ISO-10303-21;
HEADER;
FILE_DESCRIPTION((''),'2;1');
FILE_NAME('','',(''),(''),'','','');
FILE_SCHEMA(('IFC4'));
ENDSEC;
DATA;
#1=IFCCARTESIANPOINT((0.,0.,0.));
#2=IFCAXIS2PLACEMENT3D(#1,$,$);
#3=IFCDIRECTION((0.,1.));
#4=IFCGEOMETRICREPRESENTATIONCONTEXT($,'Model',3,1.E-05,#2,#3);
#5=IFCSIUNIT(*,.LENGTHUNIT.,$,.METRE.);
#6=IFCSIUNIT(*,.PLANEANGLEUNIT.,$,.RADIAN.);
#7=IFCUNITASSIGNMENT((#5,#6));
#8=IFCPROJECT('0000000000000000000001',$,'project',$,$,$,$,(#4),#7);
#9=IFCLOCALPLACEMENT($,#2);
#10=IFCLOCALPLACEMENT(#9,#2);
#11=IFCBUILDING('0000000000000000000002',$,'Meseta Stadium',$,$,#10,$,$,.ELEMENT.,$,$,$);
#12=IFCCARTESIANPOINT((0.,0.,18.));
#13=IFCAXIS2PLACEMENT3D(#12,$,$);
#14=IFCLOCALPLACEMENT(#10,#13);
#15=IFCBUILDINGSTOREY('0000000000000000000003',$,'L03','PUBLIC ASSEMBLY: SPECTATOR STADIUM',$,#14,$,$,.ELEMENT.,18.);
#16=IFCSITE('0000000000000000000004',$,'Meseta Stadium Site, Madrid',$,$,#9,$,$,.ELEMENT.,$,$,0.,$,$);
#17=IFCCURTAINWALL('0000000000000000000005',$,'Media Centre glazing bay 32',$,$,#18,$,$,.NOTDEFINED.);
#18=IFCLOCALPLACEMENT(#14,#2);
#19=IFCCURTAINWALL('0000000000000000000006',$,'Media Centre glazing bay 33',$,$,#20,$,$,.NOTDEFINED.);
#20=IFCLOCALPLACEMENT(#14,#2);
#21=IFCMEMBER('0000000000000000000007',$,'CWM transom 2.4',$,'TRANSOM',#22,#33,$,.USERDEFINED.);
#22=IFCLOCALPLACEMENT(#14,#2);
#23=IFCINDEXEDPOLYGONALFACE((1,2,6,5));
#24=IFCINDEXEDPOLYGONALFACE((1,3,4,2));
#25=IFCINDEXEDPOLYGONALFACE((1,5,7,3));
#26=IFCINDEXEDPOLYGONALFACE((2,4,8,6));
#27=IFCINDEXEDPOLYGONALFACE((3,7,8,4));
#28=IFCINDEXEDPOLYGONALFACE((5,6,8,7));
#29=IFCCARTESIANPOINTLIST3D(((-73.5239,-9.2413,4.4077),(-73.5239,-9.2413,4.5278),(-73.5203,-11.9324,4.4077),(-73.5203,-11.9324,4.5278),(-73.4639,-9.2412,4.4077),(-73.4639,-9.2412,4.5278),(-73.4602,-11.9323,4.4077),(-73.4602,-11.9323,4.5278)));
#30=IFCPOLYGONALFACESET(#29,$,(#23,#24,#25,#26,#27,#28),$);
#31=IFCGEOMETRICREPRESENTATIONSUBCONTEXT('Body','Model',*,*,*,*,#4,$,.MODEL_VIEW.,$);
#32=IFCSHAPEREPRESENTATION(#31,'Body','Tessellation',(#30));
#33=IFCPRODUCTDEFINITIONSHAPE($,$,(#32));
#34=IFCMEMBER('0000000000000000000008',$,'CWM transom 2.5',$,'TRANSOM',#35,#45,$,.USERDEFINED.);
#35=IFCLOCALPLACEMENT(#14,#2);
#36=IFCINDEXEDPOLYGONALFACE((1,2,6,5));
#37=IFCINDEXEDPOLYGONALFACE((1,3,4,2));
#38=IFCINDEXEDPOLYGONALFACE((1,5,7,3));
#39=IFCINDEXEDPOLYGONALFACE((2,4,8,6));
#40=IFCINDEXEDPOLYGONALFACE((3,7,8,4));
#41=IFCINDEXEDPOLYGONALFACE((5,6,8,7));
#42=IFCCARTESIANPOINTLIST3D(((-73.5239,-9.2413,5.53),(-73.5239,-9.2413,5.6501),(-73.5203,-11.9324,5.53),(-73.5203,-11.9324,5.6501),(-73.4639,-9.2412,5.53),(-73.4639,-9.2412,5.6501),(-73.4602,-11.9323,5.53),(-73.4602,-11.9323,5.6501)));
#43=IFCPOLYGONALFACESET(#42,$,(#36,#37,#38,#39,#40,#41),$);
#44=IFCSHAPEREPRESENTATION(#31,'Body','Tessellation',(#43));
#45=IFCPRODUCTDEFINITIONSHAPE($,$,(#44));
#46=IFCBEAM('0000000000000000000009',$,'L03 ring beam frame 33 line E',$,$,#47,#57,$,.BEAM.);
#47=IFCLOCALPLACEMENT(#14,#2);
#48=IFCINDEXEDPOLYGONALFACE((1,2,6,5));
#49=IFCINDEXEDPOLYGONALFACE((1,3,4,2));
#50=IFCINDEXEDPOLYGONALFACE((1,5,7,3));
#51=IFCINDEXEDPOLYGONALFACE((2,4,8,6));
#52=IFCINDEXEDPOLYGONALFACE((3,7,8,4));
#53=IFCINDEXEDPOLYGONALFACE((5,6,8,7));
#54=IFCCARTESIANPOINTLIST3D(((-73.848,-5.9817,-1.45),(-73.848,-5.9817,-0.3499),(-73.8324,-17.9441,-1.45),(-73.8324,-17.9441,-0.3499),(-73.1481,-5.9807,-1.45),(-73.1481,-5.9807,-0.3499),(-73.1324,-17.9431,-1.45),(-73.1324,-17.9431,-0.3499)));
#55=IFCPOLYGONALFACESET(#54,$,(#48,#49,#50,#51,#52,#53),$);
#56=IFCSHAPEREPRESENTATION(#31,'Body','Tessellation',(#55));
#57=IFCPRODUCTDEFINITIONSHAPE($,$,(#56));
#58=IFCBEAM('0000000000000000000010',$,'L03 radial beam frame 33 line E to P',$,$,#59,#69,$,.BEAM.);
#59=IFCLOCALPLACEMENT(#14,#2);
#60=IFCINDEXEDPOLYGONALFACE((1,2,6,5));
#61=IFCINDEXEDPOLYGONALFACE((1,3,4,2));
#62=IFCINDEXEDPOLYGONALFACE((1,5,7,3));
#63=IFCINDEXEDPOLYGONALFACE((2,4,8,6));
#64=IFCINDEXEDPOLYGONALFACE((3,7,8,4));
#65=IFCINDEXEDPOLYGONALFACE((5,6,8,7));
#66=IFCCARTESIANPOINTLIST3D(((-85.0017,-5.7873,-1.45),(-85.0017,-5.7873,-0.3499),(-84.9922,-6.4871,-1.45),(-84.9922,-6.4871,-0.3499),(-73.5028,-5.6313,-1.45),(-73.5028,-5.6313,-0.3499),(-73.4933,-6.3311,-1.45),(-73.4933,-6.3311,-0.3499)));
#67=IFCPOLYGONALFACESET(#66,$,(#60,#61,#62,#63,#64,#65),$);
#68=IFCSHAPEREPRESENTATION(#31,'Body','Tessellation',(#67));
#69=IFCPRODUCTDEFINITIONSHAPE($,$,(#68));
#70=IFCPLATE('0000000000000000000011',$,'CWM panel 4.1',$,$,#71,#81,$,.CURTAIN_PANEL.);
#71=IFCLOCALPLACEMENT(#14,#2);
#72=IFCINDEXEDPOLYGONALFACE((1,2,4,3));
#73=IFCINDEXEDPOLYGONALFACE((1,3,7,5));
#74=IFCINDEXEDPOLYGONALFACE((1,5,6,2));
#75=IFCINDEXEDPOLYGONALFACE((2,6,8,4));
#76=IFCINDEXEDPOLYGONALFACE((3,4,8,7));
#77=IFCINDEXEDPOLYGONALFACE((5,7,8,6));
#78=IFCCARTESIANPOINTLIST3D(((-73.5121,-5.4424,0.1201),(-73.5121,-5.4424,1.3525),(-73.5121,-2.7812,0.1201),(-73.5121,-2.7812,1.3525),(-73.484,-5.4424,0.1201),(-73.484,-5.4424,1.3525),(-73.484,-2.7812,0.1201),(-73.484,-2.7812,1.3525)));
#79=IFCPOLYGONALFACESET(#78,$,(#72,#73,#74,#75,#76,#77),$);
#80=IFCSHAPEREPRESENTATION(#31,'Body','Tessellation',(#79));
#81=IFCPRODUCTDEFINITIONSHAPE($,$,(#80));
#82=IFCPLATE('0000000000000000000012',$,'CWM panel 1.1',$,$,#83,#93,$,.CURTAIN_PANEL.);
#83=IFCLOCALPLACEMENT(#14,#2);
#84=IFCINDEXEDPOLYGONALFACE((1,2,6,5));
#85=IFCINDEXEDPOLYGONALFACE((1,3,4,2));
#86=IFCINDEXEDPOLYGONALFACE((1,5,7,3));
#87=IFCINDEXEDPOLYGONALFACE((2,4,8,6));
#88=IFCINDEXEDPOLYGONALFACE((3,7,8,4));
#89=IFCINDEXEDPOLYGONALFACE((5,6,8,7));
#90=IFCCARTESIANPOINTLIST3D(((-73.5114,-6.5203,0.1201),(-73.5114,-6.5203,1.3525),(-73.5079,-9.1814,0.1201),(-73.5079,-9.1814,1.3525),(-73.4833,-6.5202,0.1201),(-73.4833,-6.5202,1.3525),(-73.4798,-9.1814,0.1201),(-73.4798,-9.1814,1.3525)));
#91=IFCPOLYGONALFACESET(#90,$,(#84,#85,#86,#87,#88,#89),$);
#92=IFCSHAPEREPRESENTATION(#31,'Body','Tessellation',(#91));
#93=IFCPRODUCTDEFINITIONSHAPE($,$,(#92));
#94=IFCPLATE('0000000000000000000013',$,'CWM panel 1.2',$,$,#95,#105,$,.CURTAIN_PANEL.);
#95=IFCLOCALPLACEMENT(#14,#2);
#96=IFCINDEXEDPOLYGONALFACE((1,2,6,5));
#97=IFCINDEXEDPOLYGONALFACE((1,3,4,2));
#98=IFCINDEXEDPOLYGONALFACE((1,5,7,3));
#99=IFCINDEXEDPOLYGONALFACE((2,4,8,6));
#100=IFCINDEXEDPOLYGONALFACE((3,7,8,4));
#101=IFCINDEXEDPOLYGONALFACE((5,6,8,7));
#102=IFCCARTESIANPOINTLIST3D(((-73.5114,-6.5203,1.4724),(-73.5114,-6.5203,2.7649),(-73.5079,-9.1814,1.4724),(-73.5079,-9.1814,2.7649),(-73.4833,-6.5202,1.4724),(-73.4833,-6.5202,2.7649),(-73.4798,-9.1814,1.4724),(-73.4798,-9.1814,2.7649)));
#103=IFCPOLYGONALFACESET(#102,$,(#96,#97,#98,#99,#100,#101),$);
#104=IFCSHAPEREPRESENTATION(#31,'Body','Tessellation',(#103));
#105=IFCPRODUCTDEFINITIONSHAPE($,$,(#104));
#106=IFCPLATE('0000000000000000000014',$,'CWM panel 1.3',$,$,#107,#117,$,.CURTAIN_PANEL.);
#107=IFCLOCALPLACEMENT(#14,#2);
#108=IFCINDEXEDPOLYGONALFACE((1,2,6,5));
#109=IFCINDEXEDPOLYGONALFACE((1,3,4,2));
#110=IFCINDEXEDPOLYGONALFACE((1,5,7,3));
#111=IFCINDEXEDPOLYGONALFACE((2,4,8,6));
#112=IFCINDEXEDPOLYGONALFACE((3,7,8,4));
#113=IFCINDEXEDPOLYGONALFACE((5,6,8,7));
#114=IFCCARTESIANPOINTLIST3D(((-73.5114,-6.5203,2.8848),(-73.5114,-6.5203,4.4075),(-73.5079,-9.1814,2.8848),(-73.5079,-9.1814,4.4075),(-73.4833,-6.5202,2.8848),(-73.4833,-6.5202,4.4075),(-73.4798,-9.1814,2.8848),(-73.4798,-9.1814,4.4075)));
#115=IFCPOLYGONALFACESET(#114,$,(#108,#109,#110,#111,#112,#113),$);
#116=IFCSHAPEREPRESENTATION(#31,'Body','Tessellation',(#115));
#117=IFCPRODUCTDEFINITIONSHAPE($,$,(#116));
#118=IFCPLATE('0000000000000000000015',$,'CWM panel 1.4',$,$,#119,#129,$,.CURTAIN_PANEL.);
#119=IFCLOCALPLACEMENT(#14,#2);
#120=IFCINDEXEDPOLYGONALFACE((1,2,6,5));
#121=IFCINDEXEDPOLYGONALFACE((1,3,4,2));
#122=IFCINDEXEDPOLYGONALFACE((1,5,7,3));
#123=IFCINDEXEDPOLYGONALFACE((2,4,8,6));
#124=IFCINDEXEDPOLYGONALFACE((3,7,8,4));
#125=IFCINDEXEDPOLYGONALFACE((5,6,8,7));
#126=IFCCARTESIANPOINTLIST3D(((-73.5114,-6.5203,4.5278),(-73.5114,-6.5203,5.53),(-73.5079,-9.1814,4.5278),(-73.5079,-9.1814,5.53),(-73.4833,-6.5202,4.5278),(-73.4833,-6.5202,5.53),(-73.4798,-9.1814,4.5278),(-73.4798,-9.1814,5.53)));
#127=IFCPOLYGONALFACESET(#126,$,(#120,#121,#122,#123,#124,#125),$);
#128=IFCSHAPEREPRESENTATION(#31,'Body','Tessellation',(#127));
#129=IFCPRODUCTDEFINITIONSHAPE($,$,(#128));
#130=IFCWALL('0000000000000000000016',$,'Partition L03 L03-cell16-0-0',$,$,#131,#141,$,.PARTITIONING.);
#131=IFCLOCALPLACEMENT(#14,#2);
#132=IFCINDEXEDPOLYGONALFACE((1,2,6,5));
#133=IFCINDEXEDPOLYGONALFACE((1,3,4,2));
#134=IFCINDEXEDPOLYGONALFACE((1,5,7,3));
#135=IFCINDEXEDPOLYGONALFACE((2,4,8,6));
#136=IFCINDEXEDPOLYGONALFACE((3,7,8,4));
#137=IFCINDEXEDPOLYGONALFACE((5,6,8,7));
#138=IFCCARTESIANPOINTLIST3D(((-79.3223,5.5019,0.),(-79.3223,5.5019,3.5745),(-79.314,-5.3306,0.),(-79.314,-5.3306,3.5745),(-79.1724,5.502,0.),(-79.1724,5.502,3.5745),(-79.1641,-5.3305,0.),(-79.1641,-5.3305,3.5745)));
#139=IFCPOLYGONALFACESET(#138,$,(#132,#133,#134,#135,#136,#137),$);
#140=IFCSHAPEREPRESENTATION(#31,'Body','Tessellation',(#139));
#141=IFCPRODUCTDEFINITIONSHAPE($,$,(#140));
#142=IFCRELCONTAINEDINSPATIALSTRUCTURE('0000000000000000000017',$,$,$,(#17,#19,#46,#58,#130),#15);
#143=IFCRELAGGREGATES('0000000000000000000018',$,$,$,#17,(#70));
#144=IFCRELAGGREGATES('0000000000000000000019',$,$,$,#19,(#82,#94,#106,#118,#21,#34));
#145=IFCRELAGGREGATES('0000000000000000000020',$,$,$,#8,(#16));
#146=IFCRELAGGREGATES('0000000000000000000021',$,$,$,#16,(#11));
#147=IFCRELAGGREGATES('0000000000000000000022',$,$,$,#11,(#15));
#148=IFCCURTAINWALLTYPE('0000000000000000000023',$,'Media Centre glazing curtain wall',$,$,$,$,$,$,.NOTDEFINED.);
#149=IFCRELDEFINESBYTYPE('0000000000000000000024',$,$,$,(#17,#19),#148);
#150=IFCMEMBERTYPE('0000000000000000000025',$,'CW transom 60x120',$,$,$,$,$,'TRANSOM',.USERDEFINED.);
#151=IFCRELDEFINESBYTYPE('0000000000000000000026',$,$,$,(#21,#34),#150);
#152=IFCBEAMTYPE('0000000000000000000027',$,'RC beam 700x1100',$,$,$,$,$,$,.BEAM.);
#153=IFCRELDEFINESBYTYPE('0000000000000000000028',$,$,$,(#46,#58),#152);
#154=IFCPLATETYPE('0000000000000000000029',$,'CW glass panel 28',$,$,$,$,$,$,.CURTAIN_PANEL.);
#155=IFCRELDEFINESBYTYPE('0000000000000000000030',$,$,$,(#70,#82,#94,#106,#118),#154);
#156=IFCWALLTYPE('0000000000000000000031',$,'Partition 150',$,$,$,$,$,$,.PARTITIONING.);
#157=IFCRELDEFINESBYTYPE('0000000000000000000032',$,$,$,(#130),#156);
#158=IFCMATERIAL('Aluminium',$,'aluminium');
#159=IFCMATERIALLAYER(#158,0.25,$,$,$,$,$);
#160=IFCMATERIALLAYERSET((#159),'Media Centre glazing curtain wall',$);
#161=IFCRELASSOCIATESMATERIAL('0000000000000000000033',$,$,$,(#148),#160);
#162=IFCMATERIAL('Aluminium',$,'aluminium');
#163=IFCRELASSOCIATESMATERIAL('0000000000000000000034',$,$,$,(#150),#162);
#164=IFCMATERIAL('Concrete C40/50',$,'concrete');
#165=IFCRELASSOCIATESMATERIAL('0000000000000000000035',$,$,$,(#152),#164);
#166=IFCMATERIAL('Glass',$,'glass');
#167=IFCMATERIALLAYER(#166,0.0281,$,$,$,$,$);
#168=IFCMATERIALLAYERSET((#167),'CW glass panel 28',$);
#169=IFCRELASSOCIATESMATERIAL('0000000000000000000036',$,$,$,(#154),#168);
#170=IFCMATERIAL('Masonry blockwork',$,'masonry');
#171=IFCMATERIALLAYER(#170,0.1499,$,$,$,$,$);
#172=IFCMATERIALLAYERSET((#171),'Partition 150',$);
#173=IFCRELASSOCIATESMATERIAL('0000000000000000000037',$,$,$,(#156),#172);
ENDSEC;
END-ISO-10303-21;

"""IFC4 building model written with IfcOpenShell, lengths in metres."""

from ifc_helpers import new_model, si_unit, direction, frame, frame_2d, origin, origin_2d, place, context, subcontext, project, spatial, rectangle, extrude, material, layer, layer_set, material_profile, profile_set, type_object, element, aggregate, save


model = new_model("IFC4")

# Units and contexts
model_context = context("Model", 3, precision=1e-05, world=origin(), true_north=direction((0.0, 1.0)))
body_context = subcontext(model_context, "Body", "Model", "MODEL_VIEW")
ifc_project = project(units=[si_unit("LENGTHUNIT", "METRE"), si_unit("PLANEANGLEUNIT", "RADIAN")], contexts=[model_context])

# Site, building, storey
site_placement = place(None, origin())
site = spatial("IfcSite", under=ifc_project, at=site_placement, Name="Meseta Stadium Site, Madrid", CompositionType="ELEMENT", RefElevation=0.0)
building_placement = place(site_placement, origin())
building = spatial("IfcBuilding", under=site, at=building_placement, Name="Meseta Stadium", CompositionType="ELEMENT")
storey_placement = place(building_placement, frame((0.0, 0.0, 18.0)))
storey = spatial("IfcBuildingStorey", under=building, at=storey_placement, Name="L03", Description="PUBLIC ASSEMBLY: SPECTATOR STADIUM", CompositionType="ELEMENT", Elevation=18.0)

# Curtain wall
ifc_material_1 = material(Name="Aluminium", Category="aluminium")
ifc_layer_1 = layer(ifc_material_1, 0.25)
ifc_layer_set_1 = layer_set([ifc_layer_1], Name="Media Centre glazing curtain wall")
curtain_wall_type = type_object("IfcCurtainWallType", Name="Media Centre glazing curtain wall", PredefinedType="NOTDEFINED", material=ifc_layer_set_1)
curtain_wall_1_placement = place(storey_placement, origin())
curtain_wall_1 = element("IfcCurtainWall", 1, at=curtain_wall_1_placement, inside=storey, type_object=curtain_wall_type, Name="Media Centre glazing bay 32", PredefinedType="NOTDEFINED")

# Curtain wall, members
curtain_wall_2_placement = place(storey_placement, origin())
curtain_wall_2 = element("IfcCurtainWall", 2, at=curtain_wall_2_placement, inside=storey, type_object=curtain_wall_type, Name="Media Centre glazing bay 33", PredefinedType="NOTDEFINED")
ifc_material_2 = material(Name="Aluminium", Category="aluminium")
ifc_material_profile_1 = material_profile(ifc_material_2, rectangle(XDim=0.0601, YDim=0.1201, at=origin_2d()), Name="CW 60x120")
ifc_profile_set_1 = profile_set([ifc_material_profile_1], Name="Aluminium")
member_type_1 = type_object("IfcMemberType", Name="CW transom 60x120", ElementType="TRANSOM", PredefinedType="USERDEFINED", material=ifc_profile_set_1)
member_1_placement = place(storey_placement, frame((-73.4939, -9.2412, 4.4678), z_axis=(0.001361, -0.999999, 0.0), x_axis=(0.999999, 0.001361, 0.0)))
member_1 = element("IfcMember", 3, at=member_1_placement, type_object=member_type_1, Name="CWM transom 2.4", ObjectType="TRANSOM", PredefinedType="USERDEFINED", context=body_context, shape_type="SweptSolid", body=[
    extrude(rectangle(XDim=0.0601, YDim=0.1201, at=origin_2d()), origin(), (0.0, 0.0, 1.0), 2.6912),
])
member_2_placement = place(storey_placement, frame((-73.4939, -9.2412, 5.5901), z_axis=(0.001361, -0.999999, 0.0), x_axis=(0.999999, 0.001361, 0.0)))
member_2 = element("IfcMember", 4, at=member_2_placement, type_object=member_type_1, Name="CWM transom 2.5", ObjectType="TRANSOM", PredefinedType="USERDEFINED", context=body_context, shape_type="SweptSolid", body=[
    extrude(rectangle(XDim=0.0601, YDim=0.1201, at=origin_2d()), origin(), (0.0, 0.0, 1.0), 2.6912),
])

# Beams
ifc_material_3 = material(Name="Concrete C40/50", Category="concrete")
ifc_material_profile_2 = material_profile(ifc_material_3, rectangle(XDim=0.7, YDim=1.1001, at=origin_2d()), Name="RC 700x1100")
ifc_profile_set_2 = profile_set([ifc_material_profile_2], Name="Concrete C40/50")
beam_type = type_object("IfcBeamType", Name="RC beam 700x1100", PredefinedType="BEAM", material=ifc_profile_set_2)
beam_1_placement = place(storey_placement, frame((-73.498, -5.9812, -0.8999), z_axis=(0.001306, -0.999999, 0.0), x_axis=(0.999999, 0.001306, 0.0)))
element("IfcBeam", 5, at=beam_1_placement, inside=storey, type_object=beam_type, Name="L03 ring beam frame 33 line E", PredefinedType="BEAM", context=body_context, shape_type="SweptSolid", body=[
    extrude(rectangle(XDim=0.7, YDim=1.1001, at=origin_2d()), origin(), (0.0, 0.0, 1.0), 11.9624),
])
beam_2_placement = place(storey_placement, frame((-73.498, -5.9812, -0.8999), z_axis=(-0.999908, -0.013566, 0.0), x_axis=(0.013566, -0.999908, 0.0)))
element("IfcBeam", 6, at=beam_2_placement, inside=storey, type_object=beam_type, Name="L03 radial beam frame 33 line E to P", PredefinedType="BEAM", context=body_context, shape_type="SweptSolid", body=[
    extrude(rectangle(XDim=0.7, YDim=1.1001, at=origin_2d()), origin(), (0.0, 0.0, 1.0), 11.5),
])

# Plates
ifc_material_4 = material(Name="Glass", Category="glass")
ifc_layer_2 = layer(ifc_material_4, 0.0281)
ifc_layer_set_2 = layer_set([ifc_layer_2], Name="CW glass panel 28")
plate_type = type_object("IfcPlateType", Name="CW glass panel 28", PredefinedType="CURTAIN_PANEL", material=ifc_layer_set_2)
plate_1_placement = place(storey_placement, frame((-73.498, -4.1118, 0.1201), z_axis=(0.0, 0.0, 1.0), x_axis=(0.0, -1.0, 0.0)))
plate_1 = element("IfcPlate", 7, at=plate_1_placement, type_object=plate_type, Name="CWM panel 4.1", PredefinedType="CURTAIN_PANEL", context=body_context, shape_type="SweptSolid", body=[
    extrude(rectangle(XDim=2.6611, YDim=0.0281, at=origin_2d()), origin(), (0.0, 0.0, 1.0), 1.2324),
])
aggregate(curtain_wall_1, [plate_1])
plate_2_placement = place(storey_placement, frame((-73.4956, -7.8508, 0.1201), z_axis=(0.0, 0.0, 1.0), x_axis=(0.001305, -0.999999, 0.0)))
plate_2 = element("IfcPlate", 8, at=plate_2_placement, type_object=plate_type, Name="CWM panel 1.1", PredefinedType="CURTAIN_PANEL", context=body_context, shape_type="SweptSolid", body=[
    extrude(rectangle(XDim=2.6611, YDim=0.0281, at=origin_2d()), origin(), (0.0, 0.0, 1.0), 1.2324),
])
plate_3_placement = place(storey_placement, frame((-73.4956, -7.8508, 1.4724), z_axis=(0.0, 0.0, 1.0), x_axis=(0.001305, -0.999999, 0.0)))
plate_3 = element("IfcPlate", 9, at=plate_3_placement, type_object=plate_type, Name="CWM panel 1.2", PredefinedType="CURTAIN_PANEL", context=body_context, shape_type="SweptSolid", body=[
    extrude(rectangle(XDim=2.6611, YDim=0.0281, at=origin_2d()), origin(), (0.0, 0.0, 1.0), 1.2925),
])
plate_4_placement = place(storey_placement, frame((-73.4956, -7.8508, 2.8848), z_axis=(0.0, 0.0, 1.0), x_axis=(0.001305, -0.999999, 0.0)))
plate_4 = element("IfcPlate", 10, at=plate_4_placement, type_object=plate_type, Name="CWM panel 1.3", PredefinedType="CURTAIN_PANEL", context=body_context, shape_type="SweptSolid", body=[
    extrude(rectangle(XDim=2.6611, YDim=0.0281, at=origin_2d()), origin(), (0.0, 0.0, 1.0), 1.5227),
])
plate_5_placement = place(storey_placement, frame((-73.4956, -7.8508, 4.5278), z_axis=(0.0, 0.0, 1.0), x_axis=(0.001305, -0.999999, 0.0)))
plate_5 = element("IfcPlate", 11, at=plate_5_placement, type_object=plate_type, Name="CWM panel 1.4", PredefinedType="CURTAIN_PANEL", context=body_context, shape_type="SweptSolid", body=[
    extrude(rectangle(XDim=2.6611, YDim=0.0281, at=origin_2d()), origin(), (0.0, 0.0, 1.0), 1.0022),
])
aggregate(curtain_wall_2, [plate_2, plate_3, plate_4, plate_5, member_1, member_2])

# Wall
ifc_material_5 = material(Name="Masonry blockwork", Category="masonry")
ifc_layer_3 = layer(ifc_material_5, 0.1499)
ifc_layer_set_3 = layer_set([ifc_layer_3], Name="Partition 150")
wall_type = type_object("IfcWallType", Name="Partition 150", PredefinedType="PARTITIONING", material=ifc_layer_set_3)
wall_placement = place(storey_placement, frame((-79.239, -5.3306, 0.0), z_axis=(0.0, 0.0, 1.0), x_axis=(-0.000766, 1.0, 0.0)))
element("IfcWall", 12, at=wall_placement, inside=storey, type_object=wall_type, Name="Partition L03 L03-cell16-0-0", PredefinedType="PARTITIONING", context=body_context, shape_type="SweptSolid", body=[
    extrude(rectangle(XDim=10.8325, YDim=0.1499, at=frame_2d((5.4163, 0.0))), origin(), (0.0, 0.0, 1.0), 3.5745),
])

save(model, "model.ifc")
